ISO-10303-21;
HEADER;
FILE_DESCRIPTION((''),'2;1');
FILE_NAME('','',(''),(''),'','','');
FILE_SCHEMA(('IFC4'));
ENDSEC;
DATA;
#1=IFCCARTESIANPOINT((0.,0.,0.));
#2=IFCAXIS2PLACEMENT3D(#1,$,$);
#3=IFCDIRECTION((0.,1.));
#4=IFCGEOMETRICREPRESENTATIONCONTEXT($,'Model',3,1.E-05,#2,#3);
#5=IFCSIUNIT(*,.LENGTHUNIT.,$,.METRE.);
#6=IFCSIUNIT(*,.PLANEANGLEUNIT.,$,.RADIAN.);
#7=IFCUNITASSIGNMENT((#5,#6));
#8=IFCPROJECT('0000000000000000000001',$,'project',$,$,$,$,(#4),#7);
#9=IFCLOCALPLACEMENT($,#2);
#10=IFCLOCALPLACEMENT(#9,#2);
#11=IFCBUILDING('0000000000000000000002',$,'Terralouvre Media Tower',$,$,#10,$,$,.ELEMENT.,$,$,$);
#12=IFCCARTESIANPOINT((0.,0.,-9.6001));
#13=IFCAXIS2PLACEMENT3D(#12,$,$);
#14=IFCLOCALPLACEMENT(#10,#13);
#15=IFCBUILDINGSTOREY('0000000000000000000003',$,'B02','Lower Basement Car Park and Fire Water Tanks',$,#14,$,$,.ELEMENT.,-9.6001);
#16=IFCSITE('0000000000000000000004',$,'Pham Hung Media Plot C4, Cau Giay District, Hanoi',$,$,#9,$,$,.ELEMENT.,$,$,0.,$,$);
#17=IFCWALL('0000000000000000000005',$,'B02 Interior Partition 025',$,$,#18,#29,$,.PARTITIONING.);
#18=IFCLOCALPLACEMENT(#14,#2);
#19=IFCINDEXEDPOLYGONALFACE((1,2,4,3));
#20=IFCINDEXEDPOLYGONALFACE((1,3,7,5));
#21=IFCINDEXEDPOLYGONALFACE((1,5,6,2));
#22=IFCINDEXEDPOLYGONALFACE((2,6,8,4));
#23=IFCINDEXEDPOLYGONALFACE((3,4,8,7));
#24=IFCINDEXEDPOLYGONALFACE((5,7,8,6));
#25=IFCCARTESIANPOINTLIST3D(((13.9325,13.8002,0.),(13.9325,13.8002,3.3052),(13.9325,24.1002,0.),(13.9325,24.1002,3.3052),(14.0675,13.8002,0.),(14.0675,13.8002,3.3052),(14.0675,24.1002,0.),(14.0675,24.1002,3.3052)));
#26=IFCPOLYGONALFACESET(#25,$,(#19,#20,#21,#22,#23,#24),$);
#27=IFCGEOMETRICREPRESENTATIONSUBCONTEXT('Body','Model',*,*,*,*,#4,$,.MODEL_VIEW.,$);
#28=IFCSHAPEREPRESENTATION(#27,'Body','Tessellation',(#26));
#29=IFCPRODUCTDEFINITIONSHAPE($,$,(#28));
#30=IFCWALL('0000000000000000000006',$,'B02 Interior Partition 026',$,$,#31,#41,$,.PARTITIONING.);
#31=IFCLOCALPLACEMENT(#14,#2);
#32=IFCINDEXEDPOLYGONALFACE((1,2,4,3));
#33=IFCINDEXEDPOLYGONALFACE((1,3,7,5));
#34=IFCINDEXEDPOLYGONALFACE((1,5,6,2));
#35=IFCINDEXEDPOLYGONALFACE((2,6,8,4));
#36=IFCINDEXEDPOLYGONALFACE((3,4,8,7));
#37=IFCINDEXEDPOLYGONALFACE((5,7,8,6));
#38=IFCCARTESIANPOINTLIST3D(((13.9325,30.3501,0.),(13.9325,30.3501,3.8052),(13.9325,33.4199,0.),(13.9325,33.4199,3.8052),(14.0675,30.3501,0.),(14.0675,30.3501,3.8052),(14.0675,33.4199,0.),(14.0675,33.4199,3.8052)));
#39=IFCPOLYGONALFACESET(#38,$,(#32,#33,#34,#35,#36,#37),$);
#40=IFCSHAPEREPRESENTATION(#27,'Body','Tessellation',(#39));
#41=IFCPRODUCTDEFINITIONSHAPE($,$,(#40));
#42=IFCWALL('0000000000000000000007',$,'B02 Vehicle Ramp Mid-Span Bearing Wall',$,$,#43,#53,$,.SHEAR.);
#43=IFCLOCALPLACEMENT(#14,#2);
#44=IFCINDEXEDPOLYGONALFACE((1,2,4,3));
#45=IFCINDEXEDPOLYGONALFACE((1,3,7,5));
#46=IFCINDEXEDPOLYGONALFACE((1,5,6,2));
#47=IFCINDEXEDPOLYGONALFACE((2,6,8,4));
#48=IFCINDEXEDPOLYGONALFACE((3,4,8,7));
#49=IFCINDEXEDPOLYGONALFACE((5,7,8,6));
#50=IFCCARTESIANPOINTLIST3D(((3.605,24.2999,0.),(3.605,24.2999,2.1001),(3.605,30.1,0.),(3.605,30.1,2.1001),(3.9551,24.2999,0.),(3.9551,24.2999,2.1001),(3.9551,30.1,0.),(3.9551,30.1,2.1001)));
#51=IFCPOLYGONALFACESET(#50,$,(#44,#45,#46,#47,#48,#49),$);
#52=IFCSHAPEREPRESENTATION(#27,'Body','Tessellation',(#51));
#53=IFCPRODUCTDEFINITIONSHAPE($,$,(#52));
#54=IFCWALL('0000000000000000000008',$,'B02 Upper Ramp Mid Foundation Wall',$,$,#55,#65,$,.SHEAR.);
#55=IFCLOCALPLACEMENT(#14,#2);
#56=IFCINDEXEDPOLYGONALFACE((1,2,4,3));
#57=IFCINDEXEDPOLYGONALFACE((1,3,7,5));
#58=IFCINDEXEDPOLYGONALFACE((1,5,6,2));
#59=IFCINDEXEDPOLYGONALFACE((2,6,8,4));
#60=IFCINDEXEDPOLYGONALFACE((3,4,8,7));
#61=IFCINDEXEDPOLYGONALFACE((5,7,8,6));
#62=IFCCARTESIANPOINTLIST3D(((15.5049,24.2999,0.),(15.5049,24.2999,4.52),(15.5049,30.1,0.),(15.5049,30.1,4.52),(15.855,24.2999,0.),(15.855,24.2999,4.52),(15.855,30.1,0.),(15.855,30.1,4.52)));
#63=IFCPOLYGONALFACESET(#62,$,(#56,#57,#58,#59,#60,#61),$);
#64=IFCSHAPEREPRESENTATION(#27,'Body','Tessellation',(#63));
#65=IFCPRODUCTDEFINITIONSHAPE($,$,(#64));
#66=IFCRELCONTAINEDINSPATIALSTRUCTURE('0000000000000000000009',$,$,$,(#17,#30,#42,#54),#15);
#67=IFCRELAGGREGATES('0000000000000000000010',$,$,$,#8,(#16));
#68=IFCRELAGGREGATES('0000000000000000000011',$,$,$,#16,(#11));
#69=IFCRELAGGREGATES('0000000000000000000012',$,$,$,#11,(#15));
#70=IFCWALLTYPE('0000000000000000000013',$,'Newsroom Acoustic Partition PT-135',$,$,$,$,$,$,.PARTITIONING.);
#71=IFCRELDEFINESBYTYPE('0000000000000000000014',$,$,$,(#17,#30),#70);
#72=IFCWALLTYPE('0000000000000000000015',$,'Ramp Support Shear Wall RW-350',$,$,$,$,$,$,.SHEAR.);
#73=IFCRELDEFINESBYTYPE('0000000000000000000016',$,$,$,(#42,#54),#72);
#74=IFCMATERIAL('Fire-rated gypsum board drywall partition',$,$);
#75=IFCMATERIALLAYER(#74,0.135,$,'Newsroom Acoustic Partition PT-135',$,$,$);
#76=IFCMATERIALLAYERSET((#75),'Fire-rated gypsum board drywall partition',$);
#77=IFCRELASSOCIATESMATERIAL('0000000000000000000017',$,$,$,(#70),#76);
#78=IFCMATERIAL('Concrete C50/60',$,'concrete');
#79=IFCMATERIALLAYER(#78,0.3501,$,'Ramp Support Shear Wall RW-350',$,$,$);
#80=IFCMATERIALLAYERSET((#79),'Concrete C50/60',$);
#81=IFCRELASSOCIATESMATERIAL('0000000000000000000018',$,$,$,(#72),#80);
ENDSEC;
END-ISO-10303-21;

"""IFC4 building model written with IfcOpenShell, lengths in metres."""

from ifc_helpers import new_model, si_unit, direction, frame, frame_2d, origin, place, context, subcontext, project, spatial, rectangle, extrude, material, layer, layer_set, type_object, element, save


model = new_model("IFC4")

# Units and contexts
model_context = context("Model", 3, precision=1e-05, world=origin(), true_north=direction((0.0, 1.0)))
body_context = subcontext(model_context, "Body", "Model", "MODEL_VIEW")
ifc_project = project(units=[si_unit("LENGTHUNIT", "METRE"), si_unit("PLANEANGLEUNIT", "RADIAN")], contexts=[model_context])

# Site, building, storey
site_placement = place(None, origin())
site = spatial("IfcSite", under=ifc_project, at=site_placement, Name="Pham Hung Media Plot C4, Cau Giay District, Hanoi", CompositionType="ELEMENT", RefElevation=0.0)
building_placement = place(site_placement, origin())
building = spatial("IfcBuilding", under=site, at=building_placement, Name="Terralouvre Media Tower", CompositionType="ELEMENT")
storey_placement = place(building_placement, frame((0.0, 0.0, -9.6001)))
storey = spatial("IfcBuildingStorey", under=building, at=storey_placement, Name="B02", Description="Lower Basement Car Park and Fire Water Tanks", CompositionType="ELEMENT", Elevation=-9.6001)

# Shared definitions
ifc_material_1 = material(Name="Fire-rated gypsum board drywall partition")
ifc_layer_1 = layer(ifc_material_1, 0.135, Name="Newsroom Acoustic Partition PT-135")
ifc_layer_set_1 = layer_set([ifc_layer_1], Name="Fire-rated gypsum board drywall partition")
wall_type_1 = type_object("IfcWallType", Name="Newsroom Acoustic Partition PT-135", PredefinedType="PARTITIONING", material=ifc_layer_set_1)

# Walls
wall_1_placement = place(storey_placement, frame((14.0, 24.1001, 0.0), z_axis=(0.0, 0.0, 1.0), x_axis=(0.0, -1.0, 0.0)))
element("IfcWall", 1, at=wall_1_placement, inside=storey, type_object=wall_type_1, Name="B02 Interior Partition 025", PredefinedType="PARTITIONING", context=body_context, shape_type="SweptSolid", body=[
    extrude(rectangle(XDim=10.3, YDim=0.135, at=frame_2d((5.1499, 0.0))), origin(), (0.0, 0.0, 1.0), 3.3052),
])
wall_2_placement = place(storey_placement, frame((14.0, 33.4199, 0.0), z_axis=(0.0, 0.0, 1.0), x_axis=(0.0, -1.0, 0.0)))
element("IfcWall", 2, at=wall_2_placement, inside=storey, type_object=wall_type_1, Name="B02 Interior Partition 026", PredefinedType="PARTITIONING", context=body_context, shape_type="SweptSolid", body=[
    extrude(rectangle(XDim=3.0698, YDim=0.135, at=frame_2d((1.5349, 0.0))), origin(), (0.0, 0.0, 1.0), 3.8052),
])
ifc_material_2 = material(Name="Concrete C50/60", Category="concrete")
ifc_layer_2 = layer(ifc_material_2, 0.3501, Name="Ramp Support Shear Wall RW-350")
ifc_layer_set_2 = layer_set([ifc_layer_2], Name="Concrete C50/60")
wall_type_2 = type_object("IfcWallType", Name="Ramp Support Shear Wall RW-350", PredefinedType="SHEAR", material=ifc_layer_set_2)
wall_3_placement = place(storey_placement, frame((3.78, 24.3, 0.0), z_axis=(0.0, 0.0, 1.0), x_axis=(0.0, 1.0, 0.0)))
element("IfcWall", 3, at=wall_3_placement, inside=storey, type_object=wall_type_2, Name="B02 Vehicle Ramp Mid-Span Bearing Wall", PredefinedType="SHEAR", context=body_context, shape_type="SweptSolid", body=[
    extrude(rectangle(XDim=5.8, YDim=0.3501, at=frame_2d((2.8999, 0.0))), origin(), (0.0, 0.0, 1.0), 2.1001),
])
wall_4_placement = place(storey_placement, frame((15.6799, 24.3, 0.0), z_axis=(0.0, 0.0, 1.0), x_axis=(0.0, 1.0, 0.0)))
element("IfcWall", 4, at=wall_4_placement, inside=storey, type_object=wall_type_2, Name="B02 Upper Ramp Mid Foundation Wall", PredefinedType="SHEAR", context=body_context, shape_type="SweptSolid", body=[
    extrude(rectangle(XDim=5.8, YDim=0.3501, at=frame_2d((2.8999, 0.0))), origin(), (0.0, 0.0, 1.0), 4.52),
])

save(model, "model.ifc")
